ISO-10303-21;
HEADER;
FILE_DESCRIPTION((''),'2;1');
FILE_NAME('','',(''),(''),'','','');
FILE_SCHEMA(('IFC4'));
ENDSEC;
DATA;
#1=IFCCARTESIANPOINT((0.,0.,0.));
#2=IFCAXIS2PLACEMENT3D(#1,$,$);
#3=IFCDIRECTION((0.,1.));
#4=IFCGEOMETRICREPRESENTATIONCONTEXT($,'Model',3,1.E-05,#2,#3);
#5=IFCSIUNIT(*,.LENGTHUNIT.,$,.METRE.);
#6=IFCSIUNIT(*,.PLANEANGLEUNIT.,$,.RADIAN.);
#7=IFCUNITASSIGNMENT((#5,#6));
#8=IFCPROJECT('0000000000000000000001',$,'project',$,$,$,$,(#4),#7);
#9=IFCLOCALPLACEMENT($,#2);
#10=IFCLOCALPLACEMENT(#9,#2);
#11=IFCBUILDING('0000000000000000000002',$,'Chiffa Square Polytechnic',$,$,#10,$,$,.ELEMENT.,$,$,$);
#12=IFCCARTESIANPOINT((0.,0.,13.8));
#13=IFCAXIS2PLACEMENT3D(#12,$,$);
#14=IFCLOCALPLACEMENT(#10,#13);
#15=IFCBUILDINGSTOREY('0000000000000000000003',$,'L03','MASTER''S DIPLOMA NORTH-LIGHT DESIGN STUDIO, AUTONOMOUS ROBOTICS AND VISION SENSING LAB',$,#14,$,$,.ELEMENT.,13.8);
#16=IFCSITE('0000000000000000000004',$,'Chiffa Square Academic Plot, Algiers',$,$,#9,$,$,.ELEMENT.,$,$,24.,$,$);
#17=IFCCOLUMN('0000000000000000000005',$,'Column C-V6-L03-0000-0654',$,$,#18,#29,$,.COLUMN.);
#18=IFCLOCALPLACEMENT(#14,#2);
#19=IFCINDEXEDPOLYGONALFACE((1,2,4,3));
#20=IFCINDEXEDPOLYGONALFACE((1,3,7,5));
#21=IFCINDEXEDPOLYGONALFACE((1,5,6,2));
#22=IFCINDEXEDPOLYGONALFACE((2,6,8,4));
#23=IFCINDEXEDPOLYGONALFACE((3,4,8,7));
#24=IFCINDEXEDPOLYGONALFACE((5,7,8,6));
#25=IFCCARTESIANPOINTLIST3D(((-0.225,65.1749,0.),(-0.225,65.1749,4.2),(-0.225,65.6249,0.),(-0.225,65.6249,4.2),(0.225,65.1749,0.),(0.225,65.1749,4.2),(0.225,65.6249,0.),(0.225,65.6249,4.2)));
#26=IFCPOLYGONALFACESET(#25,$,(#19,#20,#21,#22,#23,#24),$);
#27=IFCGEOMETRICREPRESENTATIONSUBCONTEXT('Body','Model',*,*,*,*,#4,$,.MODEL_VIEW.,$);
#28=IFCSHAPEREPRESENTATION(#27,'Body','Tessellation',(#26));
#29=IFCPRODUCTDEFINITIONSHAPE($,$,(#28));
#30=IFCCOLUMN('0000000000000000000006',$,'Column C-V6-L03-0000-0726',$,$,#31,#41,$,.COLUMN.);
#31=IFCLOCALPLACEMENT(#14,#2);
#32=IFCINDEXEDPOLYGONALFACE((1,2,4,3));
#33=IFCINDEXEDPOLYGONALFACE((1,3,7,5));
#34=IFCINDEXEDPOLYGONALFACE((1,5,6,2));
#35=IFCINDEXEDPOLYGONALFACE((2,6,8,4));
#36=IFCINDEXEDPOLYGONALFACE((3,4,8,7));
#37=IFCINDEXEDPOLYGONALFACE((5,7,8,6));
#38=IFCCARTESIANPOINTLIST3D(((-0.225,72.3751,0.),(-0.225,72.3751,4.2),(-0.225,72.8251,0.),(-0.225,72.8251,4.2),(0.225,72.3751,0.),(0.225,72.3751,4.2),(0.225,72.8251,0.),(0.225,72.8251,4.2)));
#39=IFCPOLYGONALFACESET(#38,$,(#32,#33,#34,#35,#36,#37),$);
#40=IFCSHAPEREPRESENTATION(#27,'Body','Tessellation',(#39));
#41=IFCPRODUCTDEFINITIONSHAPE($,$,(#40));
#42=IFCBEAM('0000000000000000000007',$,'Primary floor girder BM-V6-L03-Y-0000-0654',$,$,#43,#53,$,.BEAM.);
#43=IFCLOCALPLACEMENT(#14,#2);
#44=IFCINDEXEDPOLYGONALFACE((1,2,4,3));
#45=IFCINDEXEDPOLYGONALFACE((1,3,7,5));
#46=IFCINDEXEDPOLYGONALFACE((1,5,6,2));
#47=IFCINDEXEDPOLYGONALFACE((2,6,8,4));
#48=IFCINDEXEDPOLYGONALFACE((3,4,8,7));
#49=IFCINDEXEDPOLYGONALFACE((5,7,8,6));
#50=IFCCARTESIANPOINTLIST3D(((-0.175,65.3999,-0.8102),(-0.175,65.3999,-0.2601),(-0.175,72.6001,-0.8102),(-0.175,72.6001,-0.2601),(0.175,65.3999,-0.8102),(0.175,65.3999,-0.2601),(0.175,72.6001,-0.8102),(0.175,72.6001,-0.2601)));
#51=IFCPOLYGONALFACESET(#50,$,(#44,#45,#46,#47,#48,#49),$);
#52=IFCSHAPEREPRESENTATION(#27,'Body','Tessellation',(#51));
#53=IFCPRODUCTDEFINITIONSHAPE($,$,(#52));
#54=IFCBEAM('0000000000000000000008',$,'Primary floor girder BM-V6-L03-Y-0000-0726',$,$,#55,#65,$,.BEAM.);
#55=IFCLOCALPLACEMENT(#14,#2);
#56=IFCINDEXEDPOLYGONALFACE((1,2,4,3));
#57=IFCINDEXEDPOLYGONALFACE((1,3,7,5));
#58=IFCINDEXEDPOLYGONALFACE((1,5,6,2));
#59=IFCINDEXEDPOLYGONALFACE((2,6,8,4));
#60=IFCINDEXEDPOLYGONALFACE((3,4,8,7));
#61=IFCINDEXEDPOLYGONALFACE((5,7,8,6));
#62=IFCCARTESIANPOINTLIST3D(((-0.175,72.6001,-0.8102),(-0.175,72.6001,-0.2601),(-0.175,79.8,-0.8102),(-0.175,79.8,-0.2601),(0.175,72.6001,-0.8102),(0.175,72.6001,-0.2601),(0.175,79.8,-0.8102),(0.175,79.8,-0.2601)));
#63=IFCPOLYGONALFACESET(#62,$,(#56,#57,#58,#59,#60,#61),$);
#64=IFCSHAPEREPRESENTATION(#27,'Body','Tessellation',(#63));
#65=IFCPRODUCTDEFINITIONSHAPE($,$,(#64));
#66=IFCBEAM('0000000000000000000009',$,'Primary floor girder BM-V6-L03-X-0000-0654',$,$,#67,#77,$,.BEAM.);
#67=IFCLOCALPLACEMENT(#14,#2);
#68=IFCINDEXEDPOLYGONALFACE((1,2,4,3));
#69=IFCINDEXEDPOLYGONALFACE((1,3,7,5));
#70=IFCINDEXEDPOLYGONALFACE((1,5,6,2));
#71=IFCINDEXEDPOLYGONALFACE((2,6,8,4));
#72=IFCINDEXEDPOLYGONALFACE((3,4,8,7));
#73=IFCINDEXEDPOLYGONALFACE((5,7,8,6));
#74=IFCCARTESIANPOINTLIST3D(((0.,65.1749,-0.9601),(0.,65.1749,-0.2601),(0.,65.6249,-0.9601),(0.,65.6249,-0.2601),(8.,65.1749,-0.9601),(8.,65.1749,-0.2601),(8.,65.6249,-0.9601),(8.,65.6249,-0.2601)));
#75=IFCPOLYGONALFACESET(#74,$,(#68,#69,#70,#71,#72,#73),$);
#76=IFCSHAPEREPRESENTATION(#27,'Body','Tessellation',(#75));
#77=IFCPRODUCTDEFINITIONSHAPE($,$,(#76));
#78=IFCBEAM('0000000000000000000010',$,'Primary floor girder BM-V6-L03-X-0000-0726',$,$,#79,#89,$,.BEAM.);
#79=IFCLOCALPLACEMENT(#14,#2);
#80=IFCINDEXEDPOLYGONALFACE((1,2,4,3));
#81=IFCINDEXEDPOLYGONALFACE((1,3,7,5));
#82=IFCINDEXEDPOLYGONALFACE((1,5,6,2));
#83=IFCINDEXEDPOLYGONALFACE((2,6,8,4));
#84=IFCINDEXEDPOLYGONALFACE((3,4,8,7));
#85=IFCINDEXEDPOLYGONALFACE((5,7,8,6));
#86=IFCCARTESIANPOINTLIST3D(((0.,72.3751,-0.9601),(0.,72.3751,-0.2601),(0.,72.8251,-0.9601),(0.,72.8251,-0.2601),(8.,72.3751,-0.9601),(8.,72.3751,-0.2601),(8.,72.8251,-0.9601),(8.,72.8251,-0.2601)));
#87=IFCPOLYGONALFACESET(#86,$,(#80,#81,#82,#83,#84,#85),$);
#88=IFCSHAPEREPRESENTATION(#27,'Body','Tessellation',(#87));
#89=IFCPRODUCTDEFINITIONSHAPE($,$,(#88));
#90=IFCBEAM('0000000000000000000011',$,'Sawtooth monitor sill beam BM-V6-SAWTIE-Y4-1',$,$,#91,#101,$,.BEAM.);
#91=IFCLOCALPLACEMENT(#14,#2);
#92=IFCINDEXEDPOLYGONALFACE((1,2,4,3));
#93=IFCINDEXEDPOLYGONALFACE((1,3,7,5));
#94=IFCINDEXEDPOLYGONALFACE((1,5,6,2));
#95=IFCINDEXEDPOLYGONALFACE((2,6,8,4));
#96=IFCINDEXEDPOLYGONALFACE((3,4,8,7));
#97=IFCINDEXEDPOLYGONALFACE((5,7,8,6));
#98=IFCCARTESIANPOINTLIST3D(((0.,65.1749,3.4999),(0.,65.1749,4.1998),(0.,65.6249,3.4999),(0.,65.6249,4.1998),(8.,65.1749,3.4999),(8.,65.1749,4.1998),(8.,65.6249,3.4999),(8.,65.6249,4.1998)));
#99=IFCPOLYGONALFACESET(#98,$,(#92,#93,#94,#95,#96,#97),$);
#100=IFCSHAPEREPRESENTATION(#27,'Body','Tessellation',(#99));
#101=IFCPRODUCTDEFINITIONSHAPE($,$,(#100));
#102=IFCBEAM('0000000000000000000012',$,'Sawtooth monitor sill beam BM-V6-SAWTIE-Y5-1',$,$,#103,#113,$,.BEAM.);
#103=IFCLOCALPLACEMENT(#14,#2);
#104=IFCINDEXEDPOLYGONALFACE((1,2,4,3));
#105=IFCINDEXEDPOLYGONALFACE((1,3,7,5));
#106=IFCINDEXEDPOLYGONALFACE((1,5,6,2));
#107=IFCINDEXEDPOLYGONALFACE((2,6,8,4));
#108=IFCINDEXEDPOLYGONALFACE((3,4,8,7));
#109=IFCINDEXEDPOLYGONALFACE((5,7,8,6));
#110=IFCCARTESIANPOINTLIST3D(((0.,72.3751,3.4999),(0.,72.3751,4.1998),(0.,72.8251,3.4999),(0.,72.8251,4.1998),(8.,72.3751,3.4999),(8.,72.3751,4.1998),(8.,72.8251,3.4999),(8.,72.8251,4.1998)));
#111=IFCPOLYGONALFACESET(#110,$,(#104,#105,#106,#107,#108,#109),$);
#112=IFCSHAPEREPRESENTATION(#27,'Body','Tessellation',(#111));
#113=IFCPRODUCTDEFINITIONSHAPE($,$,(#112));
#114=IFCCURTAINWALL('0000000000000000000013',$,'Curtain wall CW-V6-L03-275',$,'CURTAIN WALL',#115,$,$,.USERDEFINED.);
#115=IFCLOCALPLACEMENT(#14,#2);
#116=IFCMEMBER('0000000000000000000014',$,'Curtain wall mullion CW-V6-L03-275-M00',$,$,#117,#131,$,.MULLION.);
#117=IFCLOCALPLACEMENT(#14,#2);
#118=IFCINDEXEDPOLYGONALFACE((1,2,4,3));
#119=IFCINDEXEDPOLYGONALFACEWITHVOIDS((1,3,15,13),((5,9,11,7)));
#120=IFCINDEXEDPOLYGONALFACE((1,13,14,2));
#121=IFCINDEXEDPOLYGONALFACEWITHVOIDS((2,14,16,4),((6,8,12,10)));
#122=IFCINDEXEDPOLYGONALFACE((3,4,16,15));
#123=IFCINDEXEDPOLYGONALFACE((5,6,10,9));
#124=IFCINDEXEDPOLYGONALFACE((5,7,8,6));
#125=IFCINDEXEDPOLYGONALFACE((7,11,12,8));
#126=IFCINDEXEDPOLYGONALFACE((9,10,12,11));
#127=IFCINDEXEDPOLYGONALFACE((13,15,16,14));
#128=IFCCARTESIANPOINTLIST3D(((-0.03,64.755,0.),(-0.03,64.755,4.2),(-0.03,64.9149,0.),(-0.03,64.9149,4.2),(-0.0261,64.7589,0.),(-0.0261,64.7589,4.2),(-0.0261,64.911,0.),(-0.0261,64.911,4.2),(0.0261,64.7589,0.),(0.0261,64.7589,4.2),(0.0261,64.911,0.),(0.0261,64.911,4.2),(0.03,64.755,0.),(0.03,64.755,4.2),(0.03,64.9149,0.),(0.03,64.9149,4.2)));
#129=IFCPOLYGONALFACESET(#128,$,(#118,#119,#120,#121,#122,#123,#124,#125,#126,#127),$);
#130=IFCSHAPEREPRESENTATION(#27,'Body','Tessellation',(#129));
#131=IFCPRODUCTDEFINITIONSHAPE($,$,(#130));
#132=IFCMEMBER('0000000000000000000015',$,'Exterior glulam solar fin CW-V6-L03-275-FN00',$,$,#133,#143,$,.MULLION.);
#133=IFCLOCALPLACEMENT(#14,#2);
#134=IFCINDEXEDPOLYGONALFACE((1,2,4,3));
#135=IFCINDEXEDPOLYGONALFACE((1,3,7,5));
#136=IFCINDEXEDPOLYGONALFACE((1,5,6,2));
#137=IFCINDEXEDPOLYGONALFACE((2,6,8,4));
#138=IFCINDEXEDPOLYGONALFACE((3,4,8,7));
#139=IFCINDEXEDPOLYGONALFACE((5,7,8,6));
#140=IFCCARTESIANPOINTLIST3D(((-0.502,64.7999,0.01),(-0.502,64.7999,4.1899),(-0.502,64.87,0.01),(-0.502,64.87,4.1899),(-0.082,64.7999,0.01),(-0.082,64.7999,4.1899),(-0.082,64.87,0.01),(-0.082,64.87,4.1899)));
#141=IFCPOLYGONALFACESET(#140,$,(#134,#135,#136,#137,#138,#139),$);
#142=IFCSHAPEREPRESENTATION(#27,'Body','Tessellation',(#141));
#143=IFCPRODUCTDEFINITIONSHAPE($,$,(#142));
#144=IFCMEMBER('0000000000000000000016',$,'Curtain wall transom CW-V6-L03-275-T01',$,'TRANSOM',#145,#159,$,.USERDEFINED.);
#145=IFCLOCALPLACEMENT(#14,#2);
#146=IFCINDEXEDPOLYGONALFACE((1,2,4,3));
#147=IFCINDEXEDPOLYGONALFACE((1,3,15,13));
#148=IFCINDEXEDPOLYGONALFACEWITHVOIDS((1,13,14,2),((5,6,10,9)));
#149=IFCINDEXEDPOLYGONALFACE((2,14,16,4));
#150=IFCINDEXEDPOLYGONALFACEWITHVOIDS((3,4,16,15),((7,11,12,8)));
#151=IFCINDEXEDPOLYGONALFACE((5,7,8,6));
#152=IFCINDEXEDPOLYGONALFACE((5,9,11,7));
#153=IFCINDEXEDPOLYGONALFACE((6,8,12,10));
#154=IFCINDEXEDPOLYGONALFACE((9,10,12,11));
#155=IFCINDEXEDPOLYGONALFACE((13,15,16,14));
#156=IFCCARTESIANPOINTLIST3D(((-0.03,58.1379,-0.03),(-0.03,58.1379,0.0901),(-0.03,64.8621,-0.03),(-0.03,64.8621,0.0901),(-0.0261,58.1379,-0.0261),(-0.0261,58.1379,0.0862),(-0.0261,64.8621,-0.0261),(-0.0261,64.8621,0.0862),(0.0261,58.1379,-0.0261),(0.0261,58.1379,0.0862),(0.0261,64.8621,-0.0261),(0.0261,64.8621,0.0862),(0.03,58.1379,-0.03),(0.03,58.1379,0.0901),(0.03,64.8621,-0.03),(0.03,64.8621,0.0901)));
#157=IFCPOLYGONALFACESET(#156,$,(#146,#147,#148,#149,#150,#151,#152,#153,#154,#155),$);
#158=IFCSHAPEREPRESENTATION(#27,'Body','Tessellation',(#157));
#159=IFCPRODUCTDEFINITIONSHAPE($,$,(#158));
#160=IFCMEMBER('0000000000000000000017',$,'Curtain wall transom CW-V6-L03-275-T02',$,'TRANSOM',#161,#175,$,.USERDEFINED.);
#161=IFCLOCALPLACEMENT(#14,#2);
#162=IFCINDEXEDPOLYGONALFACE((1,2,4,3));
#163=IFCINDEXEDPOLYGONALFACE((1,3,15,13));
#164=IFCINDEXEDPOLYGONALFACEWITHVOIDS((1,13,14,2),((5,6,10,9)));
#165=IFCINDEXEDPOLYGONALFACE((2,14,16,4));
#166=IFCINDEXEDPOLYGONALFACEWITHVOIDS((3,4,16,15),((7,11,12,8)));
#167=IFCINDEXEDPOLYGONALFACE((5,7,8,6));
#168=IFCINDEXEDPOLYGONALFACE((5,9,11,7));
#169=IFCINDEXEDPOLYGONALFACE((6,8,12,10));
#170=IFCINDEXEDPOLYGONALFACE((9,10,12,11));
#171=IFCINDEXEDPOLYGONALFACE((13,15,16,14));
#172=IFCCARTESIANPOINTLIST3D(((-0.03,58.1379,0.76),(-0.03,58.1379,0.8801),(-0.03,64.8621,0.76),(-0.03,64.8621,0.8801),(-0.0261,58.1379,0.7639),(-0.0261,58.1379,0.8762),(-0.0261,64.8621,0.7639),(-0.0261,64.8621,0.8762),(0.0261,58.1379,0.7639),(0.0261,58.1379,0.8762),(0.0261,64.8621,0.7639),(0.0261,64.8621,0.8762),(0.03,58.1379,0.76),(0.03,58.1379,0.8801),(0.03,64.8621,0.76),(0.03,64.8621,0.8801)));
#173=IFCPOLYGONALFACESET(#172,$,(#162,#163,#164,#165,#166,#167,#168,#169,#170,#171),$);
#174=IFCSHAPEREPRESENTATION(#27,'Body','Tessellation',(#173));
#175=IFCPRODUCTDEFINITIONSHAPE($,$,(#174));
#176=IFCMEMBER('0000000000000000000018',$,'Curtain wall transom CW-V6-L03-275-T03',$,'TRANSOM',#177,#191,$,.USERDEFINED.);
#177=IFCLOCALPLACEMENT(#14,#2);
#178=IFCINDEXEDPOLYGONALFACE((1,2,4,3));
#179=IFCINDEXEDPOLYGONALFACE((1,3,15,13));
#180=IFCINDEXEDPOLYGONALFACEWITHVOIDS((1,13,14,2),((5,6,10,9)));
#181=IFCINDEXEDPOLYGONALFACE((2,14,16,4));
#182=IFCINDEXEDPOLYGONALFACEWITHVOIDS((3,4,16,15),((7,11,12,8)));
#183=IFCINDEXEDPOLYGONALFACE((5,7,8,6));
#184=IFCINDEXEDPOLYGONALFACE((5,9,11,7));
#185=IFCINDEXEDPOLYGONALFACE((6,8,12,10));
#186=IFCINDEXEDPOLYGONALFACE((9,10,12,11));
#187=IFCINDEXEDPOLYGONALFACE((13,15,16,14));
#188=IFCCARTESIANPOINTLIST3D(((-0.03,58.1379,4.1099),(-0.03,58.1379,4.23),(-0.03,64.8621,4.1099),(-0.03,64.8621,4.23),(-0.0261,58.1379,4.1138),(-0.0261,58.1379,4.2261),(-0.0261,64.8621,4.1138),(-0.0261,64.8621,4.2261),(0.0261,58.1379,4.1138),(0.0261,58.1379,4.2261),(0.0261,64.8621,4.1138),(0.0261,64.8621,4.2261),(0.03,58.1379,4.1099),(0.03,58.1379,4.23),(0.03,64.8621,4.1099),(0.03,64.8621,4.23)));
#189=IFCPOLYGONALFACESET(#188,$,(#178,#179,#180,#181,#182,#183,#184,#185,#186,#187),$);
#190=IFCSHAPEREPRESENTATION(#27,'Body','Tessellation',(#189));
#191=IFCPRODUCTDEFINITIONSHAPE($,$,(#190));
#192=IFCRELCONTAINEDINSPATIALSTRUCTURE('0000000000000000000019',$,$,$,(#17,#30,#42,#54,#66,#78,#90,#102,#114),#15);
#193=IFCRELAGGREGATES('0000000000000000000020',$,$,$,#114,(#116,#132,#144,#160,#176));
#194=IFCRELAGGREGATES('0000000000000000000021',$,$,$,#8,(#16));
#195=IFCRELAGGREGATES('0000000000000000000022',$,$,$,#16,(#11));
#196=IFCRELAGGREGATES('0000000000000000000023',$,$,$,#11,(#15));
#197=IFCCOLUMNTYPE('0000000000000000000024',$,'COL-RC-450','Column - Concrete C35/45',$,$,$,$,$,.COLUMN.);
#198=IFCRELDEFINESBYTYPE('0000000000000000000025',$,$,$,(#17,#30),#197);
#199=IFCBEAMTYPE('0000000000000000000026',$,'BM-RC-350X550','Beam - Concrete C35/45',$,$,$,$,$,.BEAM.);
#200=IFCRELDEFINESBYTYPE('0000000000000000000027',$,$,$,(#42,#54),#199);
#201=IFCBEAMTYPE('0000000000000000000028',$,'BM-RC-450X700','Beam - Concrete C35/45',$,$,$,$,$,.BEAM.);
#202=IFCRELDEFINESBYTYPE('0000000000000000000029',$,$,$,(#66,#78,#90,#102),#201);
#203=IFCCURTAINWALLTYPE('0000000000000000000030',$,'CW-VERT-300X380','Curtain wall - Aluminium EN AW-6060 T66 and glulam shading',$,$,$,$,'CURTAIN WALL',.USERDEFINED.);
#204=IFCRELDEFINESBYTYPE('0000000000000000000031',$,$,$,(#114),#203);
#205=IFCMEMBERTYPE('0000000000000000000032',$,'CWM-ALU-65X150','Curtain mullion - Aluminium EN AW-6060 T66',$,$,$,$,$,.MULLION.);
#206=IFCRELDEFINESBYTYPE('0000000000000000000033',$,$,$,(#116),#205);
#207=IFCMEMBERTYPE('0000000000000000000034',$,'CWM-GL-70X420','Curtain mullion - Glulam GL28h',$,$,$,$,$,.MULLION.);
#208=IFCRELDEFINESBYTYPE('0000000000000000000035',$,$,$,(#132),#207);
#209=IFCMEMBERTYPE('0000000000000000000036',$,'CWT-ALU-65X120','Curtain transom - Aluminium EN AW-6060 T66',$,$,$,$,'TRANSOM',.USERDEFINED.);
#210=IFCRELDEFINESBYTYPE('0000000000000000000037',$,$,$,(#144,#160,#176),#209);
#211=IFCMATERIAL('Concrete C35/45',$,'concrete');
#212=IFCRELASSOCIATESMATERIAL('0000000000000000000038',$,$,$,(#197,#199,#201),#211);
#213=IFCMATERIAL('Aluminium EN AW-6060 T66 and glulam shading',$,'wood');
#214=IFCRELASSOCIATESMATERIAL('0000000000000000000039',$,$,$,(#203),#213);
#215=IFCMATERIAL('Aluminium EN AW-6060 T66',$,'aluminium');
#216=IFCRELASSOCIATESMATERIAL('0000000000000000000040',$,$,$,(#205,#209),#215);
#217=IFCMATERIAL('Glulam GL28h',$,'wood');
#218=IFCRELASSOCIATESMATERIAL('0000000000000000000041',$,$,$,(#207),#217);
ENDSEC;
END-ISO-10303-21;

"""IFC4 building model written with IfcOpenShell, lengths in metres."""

from ifc_helpers import new_model, si_unit, direction, frame, origin, origin_2d, place, context, subcontext, project, spatial, rectangle, hollow_rectangle, extrude, material, material_profile, profile_set, type_object, element, aggregate, save


model = new_model("IFC4")

# Units and contexts
model_context = context("Model", 3, precision=1e-05, world=origin(), true_north=direction((0.0, 1.0)))
body_context = subcontext(model_context, "Body", "Model", "MODEL_VIEW")
ifc_project = project(units=[si_unit("LENGTHUNIT", "METRE"), si_unit("PLANEANGLEUNIT", "RADIAN")], contexts=[model_context])

# Site, building, storey
site_placement = place(None, origin())
site = spatial("IfcSite", under=ifc_project, at=site_placement, Name="Chiffa Square Academic Plot, Algiers", CompositionType="ELEMENT", RefElevation=24.0)
building_placement = place(site_placement, origin())
building = spatial("IfcBuilding", under=site, at=building_placement, Name="Chiffa Square Polytechnic", CompositionType="ELEMENT")
storey_placement = place(building_placement, frame((0.0, 0.0, 13.8)))
storey = spatial("IfcBuildingStorey", under=building, at=storey_placement, Name="L03", Description="MASTER'S DIPLOMA NORTH-LIGHT DESIGN STUDIO, AUTONOMOUS ROBOTICS AND VISION SENSING LAB", CompositionType="ELEMENT", Elevation=13.8)

# Columns
ifc_material_1 = material(Name="Concrete C35/45", Category="concrete")
ifc_material_profile_1 = material_profile(ifc_material_1, rectangle(XDim=0.45, YDim=0.45, at=origin_2d()), Name="RC 450x450")
ifc_profile_set_1 = profile_set([ifc_material_profile_1], Name="Concrete C35/45")
column_type = type_object("IfcColumnType", Name="COL-RC-450", Description="Column - Concrete C35/45", PredefinedType="COLUMN", material=ifc_profile_set_1)
for number, where, z_axis, x_axis, name in (
    (1, (0.0, 65.3999, 0.0), (0.0, 0.0, 1.0), (1.0, 0.0, 0.0), "Column C-V6-L03-0000-0654"),
    (2, (0.0, 72.6001, 0.0), (0.0, 0.0, 1.0), (1.0, 0.0, 0.0), "Column C-V6-L03-0000-0726"),
):
    element("IfcColumn", number, at=place(storey_placement, frame(where, z_axis=z_axis, x_axis=x_axis)), inside=storey, type_object=column_type, Name=name, PredefinedType="COLUMN", context=body_context, shape_type="SweptSolid", body=[
        extrude(rectangle(XDim=0.45, YDim=0.45, at=origin_2d()), origin(), (0.0, 0.0, 1.0), 4.2),
    ])

# Beams
ifc_material_profile_2 = material_profile(ifc_material_1, rectangle(XDim=0.3501, YDim=0.55, at=origin_2d()), Name="RC 350x550")
ifc_profile_set_2 = profile_set([ifc_material_profile_2], Name="Concrete C35/45")
beam_type_1 = type_object("IfcBeamType", Name="BM-RC-350X550", Description="Beam - Concrete C35/45", PredefinedType="BEAM", material=ifc_profile_set_2)
beam_1_placement = place(storey_placement, frame((0.0, 65.3999, -0.5352), z_axis=(0.0, 1.0, 0.0), x_axis=(-1.0, 0.0, 0.0)))
element("IfcBeam", 3, at=beam_1_placement, inside=storey, type_object=beam_type_1, Name="Primary floor girder BM-V6-L03-Y-0000-0654", PredefinedType="BEAM", context=body_context, shape_type="SweptSolid", body=[
    extrude(rectangle(XDim=0.3501, YDim=0.55, at=origin_2d()), origin(), (0.0, 0.0, 1.0), 7.2002),
])
beam_2_placement = place(storey_placement, frame((0.0, 72.6001, -0.5352), z_axis=(0.0, 1.0, 0.0), x_axis=(-1.0, 0.0, 0.0)))
element("IfcBeam", 4, at=beam_2_placement, inside=storey, type_object=beam_type_1, Name="Primary floor girder BM-V6-L03-Y-0000-0726", PredefinedType="BEAM", context=body_context, shape_type="SweptSolid", body=[
    extrude(rectangle(XDim=0.3501, YDim=0.55, at=origin_2d()), origin(), (0.0, 0.0, 1.0), 7.2),
])
ifc_material_profile_3 = material_profile(ifc_material_1, rectangle(XDim=0.45, YDim=0.7, at=origin_2d()), Name="RC 450x700")
ifc_profile_set_3 = profile_set([ifc_material_profile_3], Name="Concrete C35/45")
beam_type_2 = type_object("IfcBeamType", Name="BM-RC-450X700", Description="Beam - Concrete C35/45", PredefinedType="BEAM", material=ifc_profile_set_3)
for number, where, z_axis, x_axis, name in (
    (5, (0.0, 65.3999, -0.6101), (1.0, 0.0, 0.0), (0.0, 1.0, 0.0), "Primary floor girder BM-V6-L03-X-0000-0654"),
    (6, (0.0, 72.6001, -0.6101), (1.0, 0.0, 0.0), (0.0, 1.0, 0.0), "Primary floor girder BM-V6-L03-X-0000-0726"),
    (7, (0.0, 65.3999, 3.8499), (1.0, 0.0, 0.0), (0.0, 1.0, 0.0), "Sawtooth monitor sill beam BM-V6-SAWTIE-Y4-1"),
    (8, (0.0, 72.6001, 3.8499), (1.0, 0.0, 0.0), (0.0, 1.0, 0.0), "Sawtooth monitor sill beam BM-V6-SAWTIE-Y5-1"),
):
    element("IfcBeam", number, at=place(storey_placement, frame(where, z_axis=z_axis, x_axis=x_axis)), inside=storey, type_object=beam_type_2, Name=name, PredefinedType="BEAM", context=body_context, shape_type="SweptSolid", body=[
        extrude(rectangle(XDim=0.45, YDim=0.7, at=origin_2d()), origin(), (0.0, 0.0, 1.0), 8.0),
    ])

# Curtain wall, members
ifc_material_2 = material(Name="Aluminium EN AW-6060 T66 and glulam shading", Category="wood")
curtain_wall_type = type_object("IfcCurtainWallType", Name="CW-VERT-300X380", Description="Curtain wall - Aluminium EN AW-6060 T66 and glulam shading", ElementType="CURTAIN WALL", PredefinedType="USERDEFINED", material=ifc_material_2)
curtain_wall_placement = place(storey_placement, origin())
curtain_wall = element("IfcCurtainWall", 9, at=curtain_wall_placement, inside=storey, type_object=curtain_wall_type, Name="Curtain wall CW-V6-L03-275", ObjectType="CURTAIN WALL", PredefinedType="USERDEFINED")
ifc_material_3 = material(Name="Aluminium EN AW-6060 T66", Category="aluminium")
ifc_material_profile_4 = material_profile(ifc_material_3, hollow_rectangle(XDim=0.0601, YDim=0.1599, WallThickness=0.0039, at=origin_2d()), Name="ALU 60x160x4")
ifc_profile_set_4 = profile_set([ifc_material_profile_4], Name="Aluminium EN AW-6060 T66")
member_type_1 = type_object("IfcMemberType", Name="CWM-ALU-65X150", Description="Curtain mullion - Aluminium EN AW-6060 T66", PredefinedType="MULLION", material=ifc_profile_set_4)
member_1_placement = place(storey_placement, frame((0.0, 64.835, 0.0), z_axis=(0.0, 0.0, 1.0), x_axis=(1.0, 0.0, 0.0)))
member_1 = element("IfcMember", 10, at=member_1_placement, type_object=member_type_1, Name="Curtain wall mullion CW-V6-L03-275-M00", PredefinedType="MULLION", context=body_context, shape_type="SweptSolid", body=[
    extrude(hollow_rectangle(XDim=0.0601, YDim=0.1599, WallThickness=0.0039, at=origin_2d()), origin(), (0.0, 0.0, 1.0), 4.2),
])
ifc_material_4 = material(Name="Glulam GL28h", Category="wood")
ifc_material_profile_5 = material_profile(ifc_material_4, rectangle(XDim=0.0701, YDim=0.4199, at=origin_2d()), Name="GL28h 70x420")
ifc_profile_set_5 = profile_set([ifc_material_profile_5], Name="Glulam GL28h")
member_type_2 = type_object("IfcMemberType", Name="CWM-GL-70X420", Description="Curtain mullion - Glulam GL28h", PredefinedType="MULLION", material=ifc_profile_set_5)
member_2_placement = place(storey_placement, frame((-0.292, 64.835, 0.01), z_axis=(0.0, 0.0, 1.0), x_axis=(0.0, -1.0, 0.0)))
member_2 = element("IfcMember", 11, at=member_2_placement, type_object=member_type_2, Name="Exterior glulam solar fin CW-V6-L03-275-FN00", PredefinedType="MULLION", context=body_context, shape_type="SweptSolid", body=[
    extrude(rectangle(XDim=0.0701, YDim=0.4199, at=origin_2d()), origin(), (0.0, 0.0, 1.0), 4.1799),
])
ifc_material_profile_6 = material_profile(ifc_material_3, hollow_rectangle(XDim=0.0601, YDim=0.1201, WallThickness=0.0039, at=origin_2d()), Name="ALU 60x120x4")
ifc_profile_set_6 = profile_set([ifc_material_profile_6], Name="Aluminium EN AW-6060 T66")
member_type_3 = type_object("IfcMemberType", Name="CWT-ALU-65X120", Description="Curtain transom - Aluminium EN AW-6060 T66", ElementType="TRANSOM", PredefinedType="USERDEFINED", material=ifc_profile_set_6)
member_3_placement = place(storey_placement, frame((0.0, 64.8621, 0.03), z_axis=(0.0, -1.0, 0.0), x_axis=(1.0, 0.0, 0.0)))
member_3 = element("IfcMember", 12, at=member_3_placement, type_object=member_type_3, Name="Curtain wall transom CW-V6-L03-275-T01", ObjectType="TRANSOM", PredefinedType="USERDEFINED", context=body_context, shape_type="SweptSolid", body=[
    extrude(hollow_rectangle(XDim=0.0601, YDim=0.1201, WallThickness=0.0039, at=origin_2d()), origin(), (0.0, 0.0, 1.0), 6.7241),
])
member_4_placement = place(storey_placement, frame((0.0, 64.8621, 0.8201), z_axis=(0.0, -1.0, 0.0), x_axis=(1.0, 0.0, 0.0)))
member_4 = element("IfcMember", 13, at=member_4_placement, type_object=member_type_3, Name="Curtain wall transom CW-V6-L03-275-T02", ObjectType="TRANSOM", PredefinedType="USERDEFINED", context=body_context, shape_type="SweptSolid", body=[
    extrude(hollow_rectangle(XDim=0.0601, YDim=0.1201, WallThickness=0.0039, at=origin_2d()), origin(), (0.0, 0.0, 1.0), 6.7241),
])
member_5_placement = place(storey_placement, frame((0.0, 64.8621, 4.1699), z_axis=(0.0, -1.0, 0.0), x_axis=(1.0, 0.0, 0.0)))
member_5 = element("IfcMember", 14, at=member_5_placement, type_object=member_type_3, Name="Curtain wall transom CW-V6-L03-275-T03", ObjectType="TRANSOM", PredefinedType="USERDEFINED", context=body_context, shape_type="SweptSolid", body=[
    extrude(hollow_rectangle(XDim=0.0601, YDim=0.1201, WallThickness=0.0039, at=origin_2d()), origin(), (0.0, 0.0, 1.0), 6.7241),
])
aggregate(curtain_wall, [member_1, member_2, member_3, member_4, member_5])

save(model, "model.ifc")
